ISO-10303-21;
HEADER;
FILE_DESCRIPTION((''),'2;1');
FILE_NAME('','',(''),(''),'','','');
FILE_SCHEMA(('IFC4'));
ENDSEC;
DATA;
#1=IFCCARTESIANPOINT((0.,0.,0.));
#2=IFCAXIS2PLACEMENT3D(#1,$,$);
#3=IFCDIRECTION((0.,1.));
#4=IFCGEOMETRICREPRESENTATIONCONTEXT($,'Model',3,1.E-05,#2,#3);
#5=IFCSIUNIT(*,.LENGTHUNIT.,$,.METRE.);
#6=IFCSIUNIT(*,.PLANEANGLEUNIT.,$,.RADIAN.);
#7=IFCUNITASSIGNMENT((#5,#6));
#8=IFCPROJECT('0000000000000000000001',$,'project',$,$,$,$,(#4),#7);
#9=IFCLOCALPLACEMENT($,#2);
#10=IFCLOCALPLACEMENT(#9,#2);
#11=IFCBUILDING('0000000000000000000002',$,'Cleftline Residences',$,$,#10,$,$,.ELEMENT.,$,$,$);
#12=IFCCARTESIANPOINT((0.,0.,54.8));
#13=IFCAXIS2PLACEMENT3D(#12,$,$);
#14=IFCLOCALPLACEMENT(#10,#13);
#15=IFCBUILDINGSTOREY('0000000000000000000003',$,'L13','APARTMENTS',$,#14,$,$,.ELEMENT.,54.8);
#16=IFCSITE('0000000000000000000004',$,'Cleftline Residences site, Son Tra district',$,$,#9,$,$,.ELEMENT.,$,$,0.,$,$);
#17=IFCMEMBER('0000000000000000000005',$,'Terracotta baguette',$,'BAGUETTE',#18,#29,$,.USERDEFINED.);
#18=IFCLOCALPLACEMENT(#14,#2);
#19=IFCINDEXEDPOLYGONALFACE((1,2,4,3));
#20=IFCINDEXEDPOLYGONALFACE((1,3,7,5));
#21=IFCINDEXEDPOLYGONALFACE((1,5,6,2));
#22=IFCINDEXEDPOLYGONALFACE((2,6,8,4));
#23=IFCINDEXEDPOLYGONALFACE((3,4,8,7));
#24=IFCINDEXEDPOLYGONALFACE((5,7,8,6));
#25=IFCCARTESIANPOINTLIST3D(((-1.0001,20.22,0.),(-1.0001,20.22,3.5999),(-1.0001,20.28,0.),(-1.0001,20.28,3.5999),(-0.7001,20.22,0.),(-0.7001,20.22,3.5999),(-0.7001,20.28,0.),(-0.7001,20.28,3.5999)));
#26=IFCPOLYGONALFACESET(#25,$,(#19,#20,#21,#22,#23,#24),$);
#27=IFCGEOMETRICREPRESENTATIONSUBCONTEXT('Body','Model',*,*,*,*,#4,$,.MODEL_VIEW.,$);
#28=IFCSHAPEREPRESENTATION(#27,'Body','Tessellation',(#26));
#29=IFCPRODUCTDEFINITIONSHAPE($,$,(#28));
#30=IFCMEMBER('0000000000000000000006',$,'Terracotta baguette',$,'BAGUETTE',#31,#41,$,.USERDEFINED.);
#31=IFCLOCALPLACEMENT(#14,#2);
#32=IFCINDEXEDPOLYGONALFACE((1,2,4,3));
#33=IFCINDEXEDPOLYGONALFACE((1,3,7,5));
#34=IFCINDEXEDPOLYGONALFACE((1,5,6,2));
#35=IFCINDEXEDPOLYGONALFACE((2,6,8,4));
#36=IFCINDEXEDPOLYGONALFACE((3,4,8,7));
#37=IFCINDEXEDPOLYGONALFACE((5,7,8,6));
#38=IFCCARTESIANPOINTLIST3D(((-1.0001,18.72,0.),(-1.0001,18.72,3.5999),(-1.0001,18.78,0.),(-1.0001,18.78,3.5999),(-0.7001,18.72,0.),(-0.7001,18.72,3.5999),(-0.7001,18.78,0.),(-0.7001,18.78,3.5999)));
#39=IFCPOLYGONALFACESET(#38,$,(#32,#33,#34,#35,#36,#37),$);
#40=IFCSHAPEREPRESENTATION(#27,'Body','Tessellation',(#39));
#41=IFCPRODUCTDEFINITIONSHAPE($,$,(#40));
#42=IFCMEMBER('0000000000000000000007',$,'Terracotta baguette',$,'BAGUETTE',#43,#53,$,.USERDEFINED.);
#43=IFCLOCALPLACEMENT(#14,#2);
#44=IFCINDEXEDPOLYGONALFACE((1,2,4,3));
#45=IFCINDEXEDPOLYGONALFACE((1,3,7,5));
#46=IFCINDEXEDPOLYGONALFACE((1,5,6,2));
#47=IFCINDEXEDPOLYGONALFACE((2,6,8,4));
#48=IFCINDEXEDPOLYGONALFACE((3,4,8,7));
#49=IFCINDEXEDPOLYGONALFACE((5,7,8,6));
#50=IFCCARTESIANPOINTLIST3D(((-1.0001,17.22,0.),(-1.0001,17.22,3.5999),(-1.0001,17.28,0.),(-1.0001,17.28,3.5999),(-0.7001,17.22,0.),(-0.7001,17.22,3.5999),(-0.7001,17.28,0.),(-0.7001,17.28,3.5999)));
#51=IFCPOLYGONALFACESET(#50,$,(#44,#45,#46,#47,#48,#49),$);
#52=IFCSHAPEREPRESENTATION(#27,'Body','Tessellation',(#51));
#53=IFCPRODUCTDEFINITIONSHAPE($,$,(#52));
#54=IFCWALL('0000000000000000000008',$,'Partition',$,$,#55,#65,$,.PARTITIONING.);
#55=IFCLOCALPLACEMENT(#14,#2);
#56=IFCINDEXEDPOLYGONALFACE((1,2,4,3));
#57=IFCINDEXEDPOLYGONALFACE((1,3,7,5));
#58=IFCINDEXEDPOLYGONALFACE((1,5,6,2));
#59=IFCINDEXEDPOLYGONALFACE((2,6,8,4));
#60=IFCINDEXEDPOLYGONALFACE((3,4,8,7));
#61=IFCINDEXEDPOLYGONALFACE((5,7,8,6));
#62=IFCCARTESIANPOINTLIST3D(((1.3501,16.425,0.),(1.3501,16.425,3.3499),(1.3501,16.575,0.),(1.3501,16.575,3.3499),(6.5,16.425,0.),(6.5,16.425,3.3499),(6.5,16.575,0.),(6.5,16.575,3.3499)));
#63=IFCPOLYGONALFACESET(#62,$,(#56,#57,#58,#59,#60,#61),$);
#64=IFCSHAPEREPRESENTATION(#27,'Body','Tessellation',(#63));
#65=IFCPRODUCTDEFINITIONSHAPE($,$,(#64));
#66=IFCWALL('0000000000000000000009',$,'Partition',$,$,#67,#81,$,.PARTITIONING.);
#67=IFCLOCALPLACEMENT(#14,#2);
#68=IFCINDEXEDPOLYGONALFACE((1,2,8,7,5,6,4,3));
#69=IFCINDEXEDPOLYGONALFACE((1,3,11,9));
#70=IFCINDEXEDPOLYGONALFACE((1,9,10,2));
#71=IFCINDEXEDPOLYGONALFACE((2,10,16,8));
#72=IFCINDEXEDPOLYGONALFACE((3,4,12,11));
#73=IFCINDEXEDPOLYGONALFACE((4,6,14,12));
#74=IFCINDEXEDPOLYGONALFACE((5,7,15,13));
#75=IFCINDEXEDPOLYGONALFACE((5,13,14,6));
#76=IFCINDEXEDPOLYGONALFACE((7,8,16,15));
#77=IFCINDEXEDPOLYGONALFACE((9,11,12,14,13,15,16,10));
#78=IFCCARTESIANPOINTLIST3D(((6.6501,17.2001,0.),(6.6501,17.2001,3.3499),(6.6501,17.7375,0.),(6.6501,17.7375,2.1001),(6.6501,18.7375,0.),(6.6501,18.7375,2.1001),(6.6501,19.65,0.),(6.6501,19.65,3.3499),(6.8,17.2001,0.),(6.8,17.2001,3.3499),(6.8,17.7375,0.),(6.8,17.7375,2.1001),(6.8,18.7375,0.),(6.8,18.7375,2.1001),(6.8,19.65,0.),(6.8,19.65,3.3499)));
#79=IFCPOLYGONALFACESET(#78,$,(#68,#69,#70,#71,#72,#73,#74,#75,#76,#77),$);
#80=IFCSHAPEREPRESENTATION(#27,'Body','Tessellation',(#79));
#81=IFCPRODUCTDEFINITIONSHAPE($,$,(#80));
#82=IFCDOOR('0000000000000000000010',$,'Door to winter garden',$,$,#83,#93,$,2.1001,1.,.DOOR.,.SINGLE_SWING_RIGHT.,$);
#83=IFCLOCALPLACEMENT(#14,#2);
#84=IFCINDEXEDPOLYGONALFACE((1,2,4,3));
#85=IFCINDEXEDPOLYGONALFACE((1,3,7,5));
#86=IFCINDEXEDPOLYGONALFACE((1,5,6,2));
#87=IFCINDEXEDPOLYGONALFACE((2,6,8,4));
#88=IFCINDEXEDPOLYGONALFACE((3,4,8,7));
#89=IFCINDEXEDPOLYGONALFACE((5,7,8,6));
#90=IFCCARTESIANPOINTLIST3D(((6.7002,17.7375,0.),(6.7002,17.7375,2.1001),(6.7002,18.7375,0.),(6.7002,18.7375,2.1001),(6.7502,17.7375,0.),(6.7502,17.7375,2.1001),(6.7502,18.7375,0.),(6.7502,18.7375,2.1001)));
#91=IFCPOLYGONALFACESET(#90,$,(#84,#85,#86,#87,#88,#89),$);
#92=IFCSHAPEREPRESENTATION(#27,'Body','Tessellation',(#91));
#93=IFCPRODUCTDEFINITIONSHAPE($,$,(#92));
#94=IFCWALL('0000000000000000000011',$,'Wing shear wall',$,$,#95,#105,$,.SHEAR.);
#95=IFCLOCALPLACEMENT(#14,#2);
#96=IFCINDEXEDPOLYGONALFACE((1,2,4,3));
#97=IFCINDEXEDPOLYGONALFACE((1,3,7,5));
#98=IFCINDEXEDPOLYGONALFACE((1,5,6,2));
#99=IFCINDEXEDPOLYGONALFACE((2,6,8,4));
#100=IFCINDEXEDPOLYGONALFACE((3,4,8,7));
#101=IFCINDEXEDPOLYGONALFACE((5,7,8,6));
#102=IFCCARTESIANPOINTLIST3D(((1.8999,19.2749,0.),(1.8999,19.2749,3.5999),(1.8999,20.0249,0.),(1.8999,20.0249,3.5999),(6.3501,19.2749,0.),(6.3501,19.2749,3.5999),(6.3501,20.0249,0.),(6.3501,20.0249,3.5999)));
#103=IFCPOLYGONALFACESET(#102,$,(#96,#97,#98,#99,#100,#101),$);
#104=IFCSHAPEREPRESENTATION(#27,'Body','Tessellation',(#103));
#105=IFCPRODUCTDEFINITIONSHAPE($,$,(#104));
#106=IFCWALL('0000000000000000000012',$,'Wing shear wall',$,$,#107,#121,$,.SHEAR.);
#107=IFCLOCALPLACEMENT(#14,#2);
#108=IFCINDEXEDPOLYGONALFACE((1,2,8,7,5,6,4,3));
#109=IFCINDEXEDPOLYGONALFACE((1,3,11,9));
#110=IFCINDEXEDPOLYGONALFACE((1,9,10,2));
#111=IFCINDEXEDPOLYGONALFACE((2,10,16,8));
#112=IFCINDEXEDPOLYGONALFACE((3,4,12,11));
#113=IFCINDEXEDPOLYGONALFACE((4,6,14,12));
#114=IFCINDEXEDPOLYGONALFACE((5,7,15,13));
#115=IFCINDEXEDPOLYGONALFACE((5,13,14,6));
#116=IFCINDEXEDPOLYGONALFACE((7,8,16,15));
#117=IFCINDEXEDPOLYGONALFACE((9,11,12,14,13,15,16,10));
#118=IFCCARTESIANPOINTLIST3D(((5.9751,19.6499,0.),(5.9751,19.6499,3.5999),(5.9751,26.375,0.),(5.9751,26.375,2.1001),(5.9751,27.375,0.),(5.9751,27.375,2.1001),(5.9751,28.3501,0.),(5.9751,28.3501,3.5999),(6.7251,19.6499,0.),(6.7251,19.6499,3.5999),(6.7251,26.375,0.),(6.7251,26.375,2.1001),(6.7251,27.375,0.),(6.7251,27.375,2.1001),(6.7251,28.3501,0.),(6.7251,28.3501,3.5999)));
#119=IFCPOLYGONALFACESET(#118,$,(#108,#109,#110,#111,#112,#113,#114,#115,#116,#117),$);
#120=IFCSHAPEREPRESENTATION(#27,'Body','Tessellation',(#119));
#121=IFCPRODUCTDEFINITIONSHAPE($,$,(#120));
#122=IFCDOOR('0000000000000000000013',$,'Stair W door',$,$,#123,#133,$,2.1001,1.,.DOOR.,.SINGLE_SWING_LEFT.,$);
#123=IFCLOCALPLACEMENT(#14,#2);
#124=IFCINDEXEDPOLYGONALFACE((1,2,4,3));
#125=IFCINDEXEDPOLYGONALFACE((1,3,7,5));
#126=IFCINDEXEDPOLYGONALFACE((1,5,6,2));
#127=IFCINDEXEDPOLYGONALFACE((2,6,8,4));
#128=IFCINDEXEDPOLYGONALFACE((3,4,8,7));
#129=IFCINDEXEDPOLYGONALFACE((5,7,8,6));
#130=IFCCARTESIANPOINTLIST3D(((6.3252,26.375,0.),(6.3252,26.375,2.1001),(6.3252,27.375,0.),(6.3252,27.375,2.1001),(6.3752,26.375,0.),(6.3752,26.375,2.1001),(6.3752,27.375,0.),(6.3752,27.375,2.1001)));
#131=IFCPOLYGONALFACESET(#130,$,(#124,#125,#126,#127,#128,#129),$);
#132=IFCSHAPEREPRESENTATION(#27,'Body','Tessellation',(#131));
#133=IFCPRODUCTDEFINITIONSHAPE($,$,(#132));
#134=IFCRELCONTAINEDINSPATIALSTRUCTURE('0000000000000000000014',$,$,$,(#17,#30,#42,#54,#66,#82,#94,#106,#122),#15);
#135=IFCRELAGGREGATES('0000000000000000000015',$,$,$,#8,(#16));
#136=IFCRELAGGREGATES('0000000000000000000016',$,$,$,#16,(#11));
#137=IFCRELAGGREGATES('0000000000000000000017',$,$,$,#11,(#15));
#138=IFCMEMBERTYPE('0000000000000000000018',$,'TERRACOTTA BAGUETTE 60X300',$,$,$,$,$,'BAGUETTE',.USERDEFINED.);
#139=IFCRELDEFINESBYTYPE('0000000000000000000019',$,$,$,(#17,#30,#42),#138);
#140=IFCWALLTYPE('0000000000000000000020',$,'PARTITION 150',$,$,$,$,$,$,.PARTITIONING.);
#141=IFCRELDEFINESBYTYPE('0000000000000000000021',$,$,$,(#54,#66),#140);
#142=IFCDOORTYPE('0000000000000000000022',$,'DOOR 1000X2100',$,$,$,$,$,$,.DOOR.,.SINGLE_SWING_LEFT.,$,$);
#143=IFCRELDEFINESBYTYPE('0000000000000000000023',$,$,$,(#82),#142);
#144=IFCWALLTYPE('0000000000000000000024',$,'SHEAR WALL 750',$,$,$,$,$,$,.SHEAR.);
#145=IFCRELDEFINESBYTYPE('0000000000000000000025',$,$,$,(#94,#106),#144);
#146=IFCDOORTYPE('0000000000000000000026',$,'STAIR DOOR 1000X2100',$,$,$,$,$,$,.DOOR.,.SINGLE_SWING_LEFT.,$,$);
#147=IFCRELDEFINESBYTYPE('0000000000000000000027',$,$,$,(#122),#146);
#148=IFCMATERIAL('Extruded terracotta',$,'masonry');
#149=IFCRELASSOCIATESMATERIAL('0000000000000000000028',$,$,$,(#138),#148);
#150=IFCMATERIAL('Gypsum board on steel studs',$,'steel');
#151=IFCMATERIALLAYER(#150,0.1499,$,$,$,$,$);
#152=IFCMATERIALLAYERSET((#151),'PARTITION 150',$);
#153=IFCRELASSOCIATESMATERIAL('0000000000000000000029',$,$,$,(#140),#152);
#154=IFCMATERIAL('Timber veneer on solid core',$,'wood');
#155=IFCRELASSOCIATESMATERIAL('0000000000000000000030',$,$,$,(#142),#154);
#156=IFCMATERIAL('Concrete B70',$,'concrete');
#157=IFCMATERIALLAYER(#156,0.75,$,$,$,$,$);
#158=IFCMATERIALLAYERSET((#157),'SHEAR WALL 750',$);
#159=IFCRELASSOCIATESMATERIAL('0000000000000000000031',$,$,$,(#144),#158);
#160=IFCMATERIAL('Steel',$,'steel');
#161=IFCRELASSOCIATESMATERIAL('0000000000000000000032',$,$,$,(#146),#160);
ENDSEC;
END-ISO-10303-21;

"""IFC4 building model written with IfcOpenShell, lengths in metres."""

from ifc_helpers import new_model, si_unit, direction, frame, frame_2d, origin, origin_2d, place, context, subcontext, project, spatial, rectangle, extrude, material, layer, layer_set, material_profile, profile_set, type_object, element, fill, save


model = new_model("IFC4")

# Units and contexts
model_context = context("Model", 3, precision=1e-05, world=origin(), true_north=direction((0.0, 1.0)))
body_context = subcontext(model_context, "Body", "Model", "MODEL_VIEW")
ifc_project = project(units=[si_unit("LENGTHUNIT", "METRE"), si_unit("PLANEANGLEUNIT", "RADIAN")], contexts=[model_context])

# Site, building, storey
site_placement = place(None, origin())
site = spatial("IfcSite", under=ifc_project, at=site_placement, Name="Cleftline Residences site, Son Tra district", CompositionType="ELEMENT", RefElevation=0.0)
building_placement = place(site_placement, origin())
building = spatial("IfcBuilding", under=site, at=building_placement, Name="Cleftline Residences", CompositionType="ELEMENT")
storey_placement = place(building_placement, frame((0.0, 0.0, 54.8)))
storey = spatial("IfcBuildingStorey", under=building, at=storey_placement, Name="L13", Description="APARTMENTS", CompositionType="ELEMENT", Elevation=54.8)

# Members
ifc_material_1 = material(Name="Extruded terracotta", Category="masonry")
ifc_material_profile_1 = material_profile(ifc_material_1, rectangle(XDim=0.0601, YDim=0.3, at=origin_2d()))
ifc_profile_set_1 = profile_set([ifc_material_profile_1], Name="Extruded terracotta")
member_type = type_object("IfcMemberType", Name="TERRACOTTA BAGUETTE 60X300", ElementType="BAGUETTE", PredefinedType="USERDEFINED", material=ifc_profile_set_1)
for number, where, z_axis, x_axis, name in (
    (1, (-0.8501, 20.25, 0.0), (0.0, 0.0, 1.0), (0.0, 1.0, 0.0), "Terracotta baguette"),
    (2, (-0.8501, 18.75, 0.0), (0.0, 0.0, 1.0), (0.0, 1.0, 0.0), "Terracotta baguette"),
    (3, (-0.8501, 17.25, 0.0), (0.0, 0.0, 1.0), (0.0, 1.0, 0.0), "Terracotta baguette"),
):
    element("IfcMember", number, at=place(storey_placement, frame(where, z_axis=z_axis, x_axis=x_axis)), inside=storey, type_object=member_type, Name=name, ObjectType="BAGUETTE", PredefinedType="USERDEFINED", context=body_context, shape_type="SweptSolid", body=[
        extrude(rectangle(XDim=0.0601, YDim=0.3, at=origin_2d()), origin(), (0.0, 0.0, 1.0), 3.5999),
    ])

# Wall
ifc_material_2 = material(Name="Gypsum board on steel studs", Category="steel")
ifc_layer_1 = layer(ifc_material_2, 0.1499)
ifc_layer_set_1 = layer_set([ifc_layer_1], Name="PARTITION 150")
wall_type_1 = type_object("IfcWallType", Name="PARTITION 150", PredefinedType="PARTITIONING", material=ifc_layer_set_1)
wall_1_placement = place(storey_placement, frame((1.3501, 16.5, 0.0), z_axis=(0.0, 0.0, 1.0), x_axis=(1.0, 0.0, 0.0)))
element("IfcWall", 4, at=wall_1_placement, inside=storey, type_object=wall_type_1, Name="Partition", PredefinedType="PARTITIONING", context=body_context, shape_type="SweptSolid", body=[
    extrude(rectangle(XDim=5.1499, YDim=0.1499, at=frame_2d((2.575, 0.0))), origin(), (0.0, 0.0, 1.0), 3.3499),
])

# Wall, opening, door
wall_2_placement = place(storey_placement, frame((6.7251, 17.2, 0.0), z_axis=(0.0, 0.0, 1.0), x_axis=(0.0, 1.0, 0.0)))
wall_2 = element("IfcWall", 5, at=wall_2_placement, inside=storey, type_object=wall_type_1, Name="Partition", PredefinedType="PARTITIONING", context=body_context, shape_type="SweptSolid", body=[
    extrude(rectangle(XDim=2.45, YDim=0.1499, at=frame_2d((1.2251, 0.0))), origin(), (0.0, 0.0, 1.0), 3.3499),
])
opening_1_placement = place(wall_2_placement, frame((0.5376, 0.0, 0.0)))
opening_1 = element("IfcOpeningElement", 6, at=opening_1_placement, cuts=wall_2, PredefinedType="OPENING", context=body_context, shape_type="SweptSolid", body=[
    extrude(rectangle(XDim=1.0, YDim=2.1001, at=frame_2d((0.5, 1.05))), frame((0.0, 0.085, 0.0), z_axis=(0.0, -1.0, 0.0), x_axis=(1.0, 0.0, 0.0)), (0.0, 0.0, 1.0), 0.1699),
])
ifc_material_3 = material(Name="Timber veneer on solid core", Category="wood")
door_type_1 = type_object("IfcDoorType", Name="DOOR 1000X2100", OperationType="SINGLE_SWING_LEFT", PredefinedType="DOOR", material=ifc_material_3)
door_1_placement = place(opening_1_placement, origin())
door_1 = element("IfcDoor", 7, at=door_1_placement, inside=storey, type_object=door_type_1, Name="Door to winter garden", OperationType="SINGLE_SWING_RIGHT", OverallHeight=2.1001, OverallWidth=1.0, PredefinedType="DOOR", context=body_context, shape_type="SweptSolid", body=[
    extrude(rectangle(XDim=1.0, YDim=2.1001, at=frame_2d((0.5, 1.05))), frame((0.0, 0.0249, 0.0), z_axis=(0.0, -1.0, 0.0), x_axis=(1.0, 0.0, 0.0)), (0.0, 0.0, 1.0), 0.05),
])
fill(opening_1, door_1)

# Wall
ifc_material_4 = material(Name="Concrete B70", Category="concrete")
ifc_layer_2 = layer(ifc_material_4, 0.75)
ifc_layer_set_2 = layer_set([ifc_layer_2], Name="SHEAR WALL 750")
wall_type_2 = type_object("IfcWallType", Name="SHEAR WALL 750", PredefinedType="SHEAR", material=ifc_layer_set_2)
wall_3_placement = place(storey_placement, frame((1.8999, 19.6499, 0.0), z_axis=(0.0, 0.0, 1.0), x_axis=(1.0, 0.0, 0.0)))
element("IfcWall", 8, at=wall_3_placement, inside=storey, type_object=wall_type_2, Name="Wing shear wall", PredefinedType="SHEAR", context=body_context, shape_type="SweptSolid", body=[
    extrude(rectangle(XDim=4.4502, YDim=0.75, at=frame_2d((2.2251, 0.0))), origin(), (0.0, 0.0, 1.0), 3.5999),
])

# Wall, opening, door
wall_4_placement = place(storey_placement, frame((6.3501, 19.6499, 0.0), z_axis=(0.0, 0.0, 1.0), x_axis=(0.0, 1.0, 0.0)))
wall_4 = element("IfcWall", 9, at=wall_4_placement, inside=storey, type_object=wall_type_2, Name="Wing shear wall", PredefinedType="SHEAR", context=body_context, shape_type="SweptSolid", body=[
    extrude(rectangle(XDim=8.7002, YDim=0.75, at=frame_2d((4.3501, 0.0))), origin(), (0.0, 0.0, 1.0), 3.5999),
])
opening_2_placement = place(wall_4_placement, frame((6.7251, 0.0, 0.0)))
opening_2 = element("IfcOpeningElement", 10, at=opening_2_placement, cuts=wall_4, PredefinedType="OPENING", context=body_context, shape_type="SweptSolid", body=[
    extrude(rectangle(XDim=1.0, YDim=2.1001, at=frame_2d((0.5, 1.05))), frame((0.0, 0.385, 0.0), z_axis=(0.0, -1.0, 0.0), x_axis=(1.0, 0.0, 0.0)), (0.0, 0.0, 1.0), 0.77),
])
ifc_material_5 = material(Name="Steel", Category="steel")
door_type_2 = type_object("IfcDoorType", Name="STAIR DOOR 1000X2100", OperationType="SINGLE_SWING_LEFT", PredefinedType="DOOR", material=ifc_material_5)
door_2_placement = place(opening_2_placement, origin())
door_2 = element("IfcDoor", 11, at=door_2_placement, inside=storey, type_object=door_type_2, Name="Stair W door", OperationType="SINGLE_SWING_LEFT", OverallHeight=2.1001, OverallWidth=1.0, PredefinedType="DOOR", context=body_context, shape_type="SweptSolid", body=[
    extrude(rectangle(XDim=1.0, YDim=2.1001, at=frame_2d((0.5, 1.05))), frame((0.0, 0.0249, 0.0), z_axis=(0.0, -1.0, 0.0), x_axis=(1.0, 0.0, 0.0)), (0.0, 0.0, 1.0), 0.05),
])
fill(opening_2, door_2)

save(model, "model.ifc")
